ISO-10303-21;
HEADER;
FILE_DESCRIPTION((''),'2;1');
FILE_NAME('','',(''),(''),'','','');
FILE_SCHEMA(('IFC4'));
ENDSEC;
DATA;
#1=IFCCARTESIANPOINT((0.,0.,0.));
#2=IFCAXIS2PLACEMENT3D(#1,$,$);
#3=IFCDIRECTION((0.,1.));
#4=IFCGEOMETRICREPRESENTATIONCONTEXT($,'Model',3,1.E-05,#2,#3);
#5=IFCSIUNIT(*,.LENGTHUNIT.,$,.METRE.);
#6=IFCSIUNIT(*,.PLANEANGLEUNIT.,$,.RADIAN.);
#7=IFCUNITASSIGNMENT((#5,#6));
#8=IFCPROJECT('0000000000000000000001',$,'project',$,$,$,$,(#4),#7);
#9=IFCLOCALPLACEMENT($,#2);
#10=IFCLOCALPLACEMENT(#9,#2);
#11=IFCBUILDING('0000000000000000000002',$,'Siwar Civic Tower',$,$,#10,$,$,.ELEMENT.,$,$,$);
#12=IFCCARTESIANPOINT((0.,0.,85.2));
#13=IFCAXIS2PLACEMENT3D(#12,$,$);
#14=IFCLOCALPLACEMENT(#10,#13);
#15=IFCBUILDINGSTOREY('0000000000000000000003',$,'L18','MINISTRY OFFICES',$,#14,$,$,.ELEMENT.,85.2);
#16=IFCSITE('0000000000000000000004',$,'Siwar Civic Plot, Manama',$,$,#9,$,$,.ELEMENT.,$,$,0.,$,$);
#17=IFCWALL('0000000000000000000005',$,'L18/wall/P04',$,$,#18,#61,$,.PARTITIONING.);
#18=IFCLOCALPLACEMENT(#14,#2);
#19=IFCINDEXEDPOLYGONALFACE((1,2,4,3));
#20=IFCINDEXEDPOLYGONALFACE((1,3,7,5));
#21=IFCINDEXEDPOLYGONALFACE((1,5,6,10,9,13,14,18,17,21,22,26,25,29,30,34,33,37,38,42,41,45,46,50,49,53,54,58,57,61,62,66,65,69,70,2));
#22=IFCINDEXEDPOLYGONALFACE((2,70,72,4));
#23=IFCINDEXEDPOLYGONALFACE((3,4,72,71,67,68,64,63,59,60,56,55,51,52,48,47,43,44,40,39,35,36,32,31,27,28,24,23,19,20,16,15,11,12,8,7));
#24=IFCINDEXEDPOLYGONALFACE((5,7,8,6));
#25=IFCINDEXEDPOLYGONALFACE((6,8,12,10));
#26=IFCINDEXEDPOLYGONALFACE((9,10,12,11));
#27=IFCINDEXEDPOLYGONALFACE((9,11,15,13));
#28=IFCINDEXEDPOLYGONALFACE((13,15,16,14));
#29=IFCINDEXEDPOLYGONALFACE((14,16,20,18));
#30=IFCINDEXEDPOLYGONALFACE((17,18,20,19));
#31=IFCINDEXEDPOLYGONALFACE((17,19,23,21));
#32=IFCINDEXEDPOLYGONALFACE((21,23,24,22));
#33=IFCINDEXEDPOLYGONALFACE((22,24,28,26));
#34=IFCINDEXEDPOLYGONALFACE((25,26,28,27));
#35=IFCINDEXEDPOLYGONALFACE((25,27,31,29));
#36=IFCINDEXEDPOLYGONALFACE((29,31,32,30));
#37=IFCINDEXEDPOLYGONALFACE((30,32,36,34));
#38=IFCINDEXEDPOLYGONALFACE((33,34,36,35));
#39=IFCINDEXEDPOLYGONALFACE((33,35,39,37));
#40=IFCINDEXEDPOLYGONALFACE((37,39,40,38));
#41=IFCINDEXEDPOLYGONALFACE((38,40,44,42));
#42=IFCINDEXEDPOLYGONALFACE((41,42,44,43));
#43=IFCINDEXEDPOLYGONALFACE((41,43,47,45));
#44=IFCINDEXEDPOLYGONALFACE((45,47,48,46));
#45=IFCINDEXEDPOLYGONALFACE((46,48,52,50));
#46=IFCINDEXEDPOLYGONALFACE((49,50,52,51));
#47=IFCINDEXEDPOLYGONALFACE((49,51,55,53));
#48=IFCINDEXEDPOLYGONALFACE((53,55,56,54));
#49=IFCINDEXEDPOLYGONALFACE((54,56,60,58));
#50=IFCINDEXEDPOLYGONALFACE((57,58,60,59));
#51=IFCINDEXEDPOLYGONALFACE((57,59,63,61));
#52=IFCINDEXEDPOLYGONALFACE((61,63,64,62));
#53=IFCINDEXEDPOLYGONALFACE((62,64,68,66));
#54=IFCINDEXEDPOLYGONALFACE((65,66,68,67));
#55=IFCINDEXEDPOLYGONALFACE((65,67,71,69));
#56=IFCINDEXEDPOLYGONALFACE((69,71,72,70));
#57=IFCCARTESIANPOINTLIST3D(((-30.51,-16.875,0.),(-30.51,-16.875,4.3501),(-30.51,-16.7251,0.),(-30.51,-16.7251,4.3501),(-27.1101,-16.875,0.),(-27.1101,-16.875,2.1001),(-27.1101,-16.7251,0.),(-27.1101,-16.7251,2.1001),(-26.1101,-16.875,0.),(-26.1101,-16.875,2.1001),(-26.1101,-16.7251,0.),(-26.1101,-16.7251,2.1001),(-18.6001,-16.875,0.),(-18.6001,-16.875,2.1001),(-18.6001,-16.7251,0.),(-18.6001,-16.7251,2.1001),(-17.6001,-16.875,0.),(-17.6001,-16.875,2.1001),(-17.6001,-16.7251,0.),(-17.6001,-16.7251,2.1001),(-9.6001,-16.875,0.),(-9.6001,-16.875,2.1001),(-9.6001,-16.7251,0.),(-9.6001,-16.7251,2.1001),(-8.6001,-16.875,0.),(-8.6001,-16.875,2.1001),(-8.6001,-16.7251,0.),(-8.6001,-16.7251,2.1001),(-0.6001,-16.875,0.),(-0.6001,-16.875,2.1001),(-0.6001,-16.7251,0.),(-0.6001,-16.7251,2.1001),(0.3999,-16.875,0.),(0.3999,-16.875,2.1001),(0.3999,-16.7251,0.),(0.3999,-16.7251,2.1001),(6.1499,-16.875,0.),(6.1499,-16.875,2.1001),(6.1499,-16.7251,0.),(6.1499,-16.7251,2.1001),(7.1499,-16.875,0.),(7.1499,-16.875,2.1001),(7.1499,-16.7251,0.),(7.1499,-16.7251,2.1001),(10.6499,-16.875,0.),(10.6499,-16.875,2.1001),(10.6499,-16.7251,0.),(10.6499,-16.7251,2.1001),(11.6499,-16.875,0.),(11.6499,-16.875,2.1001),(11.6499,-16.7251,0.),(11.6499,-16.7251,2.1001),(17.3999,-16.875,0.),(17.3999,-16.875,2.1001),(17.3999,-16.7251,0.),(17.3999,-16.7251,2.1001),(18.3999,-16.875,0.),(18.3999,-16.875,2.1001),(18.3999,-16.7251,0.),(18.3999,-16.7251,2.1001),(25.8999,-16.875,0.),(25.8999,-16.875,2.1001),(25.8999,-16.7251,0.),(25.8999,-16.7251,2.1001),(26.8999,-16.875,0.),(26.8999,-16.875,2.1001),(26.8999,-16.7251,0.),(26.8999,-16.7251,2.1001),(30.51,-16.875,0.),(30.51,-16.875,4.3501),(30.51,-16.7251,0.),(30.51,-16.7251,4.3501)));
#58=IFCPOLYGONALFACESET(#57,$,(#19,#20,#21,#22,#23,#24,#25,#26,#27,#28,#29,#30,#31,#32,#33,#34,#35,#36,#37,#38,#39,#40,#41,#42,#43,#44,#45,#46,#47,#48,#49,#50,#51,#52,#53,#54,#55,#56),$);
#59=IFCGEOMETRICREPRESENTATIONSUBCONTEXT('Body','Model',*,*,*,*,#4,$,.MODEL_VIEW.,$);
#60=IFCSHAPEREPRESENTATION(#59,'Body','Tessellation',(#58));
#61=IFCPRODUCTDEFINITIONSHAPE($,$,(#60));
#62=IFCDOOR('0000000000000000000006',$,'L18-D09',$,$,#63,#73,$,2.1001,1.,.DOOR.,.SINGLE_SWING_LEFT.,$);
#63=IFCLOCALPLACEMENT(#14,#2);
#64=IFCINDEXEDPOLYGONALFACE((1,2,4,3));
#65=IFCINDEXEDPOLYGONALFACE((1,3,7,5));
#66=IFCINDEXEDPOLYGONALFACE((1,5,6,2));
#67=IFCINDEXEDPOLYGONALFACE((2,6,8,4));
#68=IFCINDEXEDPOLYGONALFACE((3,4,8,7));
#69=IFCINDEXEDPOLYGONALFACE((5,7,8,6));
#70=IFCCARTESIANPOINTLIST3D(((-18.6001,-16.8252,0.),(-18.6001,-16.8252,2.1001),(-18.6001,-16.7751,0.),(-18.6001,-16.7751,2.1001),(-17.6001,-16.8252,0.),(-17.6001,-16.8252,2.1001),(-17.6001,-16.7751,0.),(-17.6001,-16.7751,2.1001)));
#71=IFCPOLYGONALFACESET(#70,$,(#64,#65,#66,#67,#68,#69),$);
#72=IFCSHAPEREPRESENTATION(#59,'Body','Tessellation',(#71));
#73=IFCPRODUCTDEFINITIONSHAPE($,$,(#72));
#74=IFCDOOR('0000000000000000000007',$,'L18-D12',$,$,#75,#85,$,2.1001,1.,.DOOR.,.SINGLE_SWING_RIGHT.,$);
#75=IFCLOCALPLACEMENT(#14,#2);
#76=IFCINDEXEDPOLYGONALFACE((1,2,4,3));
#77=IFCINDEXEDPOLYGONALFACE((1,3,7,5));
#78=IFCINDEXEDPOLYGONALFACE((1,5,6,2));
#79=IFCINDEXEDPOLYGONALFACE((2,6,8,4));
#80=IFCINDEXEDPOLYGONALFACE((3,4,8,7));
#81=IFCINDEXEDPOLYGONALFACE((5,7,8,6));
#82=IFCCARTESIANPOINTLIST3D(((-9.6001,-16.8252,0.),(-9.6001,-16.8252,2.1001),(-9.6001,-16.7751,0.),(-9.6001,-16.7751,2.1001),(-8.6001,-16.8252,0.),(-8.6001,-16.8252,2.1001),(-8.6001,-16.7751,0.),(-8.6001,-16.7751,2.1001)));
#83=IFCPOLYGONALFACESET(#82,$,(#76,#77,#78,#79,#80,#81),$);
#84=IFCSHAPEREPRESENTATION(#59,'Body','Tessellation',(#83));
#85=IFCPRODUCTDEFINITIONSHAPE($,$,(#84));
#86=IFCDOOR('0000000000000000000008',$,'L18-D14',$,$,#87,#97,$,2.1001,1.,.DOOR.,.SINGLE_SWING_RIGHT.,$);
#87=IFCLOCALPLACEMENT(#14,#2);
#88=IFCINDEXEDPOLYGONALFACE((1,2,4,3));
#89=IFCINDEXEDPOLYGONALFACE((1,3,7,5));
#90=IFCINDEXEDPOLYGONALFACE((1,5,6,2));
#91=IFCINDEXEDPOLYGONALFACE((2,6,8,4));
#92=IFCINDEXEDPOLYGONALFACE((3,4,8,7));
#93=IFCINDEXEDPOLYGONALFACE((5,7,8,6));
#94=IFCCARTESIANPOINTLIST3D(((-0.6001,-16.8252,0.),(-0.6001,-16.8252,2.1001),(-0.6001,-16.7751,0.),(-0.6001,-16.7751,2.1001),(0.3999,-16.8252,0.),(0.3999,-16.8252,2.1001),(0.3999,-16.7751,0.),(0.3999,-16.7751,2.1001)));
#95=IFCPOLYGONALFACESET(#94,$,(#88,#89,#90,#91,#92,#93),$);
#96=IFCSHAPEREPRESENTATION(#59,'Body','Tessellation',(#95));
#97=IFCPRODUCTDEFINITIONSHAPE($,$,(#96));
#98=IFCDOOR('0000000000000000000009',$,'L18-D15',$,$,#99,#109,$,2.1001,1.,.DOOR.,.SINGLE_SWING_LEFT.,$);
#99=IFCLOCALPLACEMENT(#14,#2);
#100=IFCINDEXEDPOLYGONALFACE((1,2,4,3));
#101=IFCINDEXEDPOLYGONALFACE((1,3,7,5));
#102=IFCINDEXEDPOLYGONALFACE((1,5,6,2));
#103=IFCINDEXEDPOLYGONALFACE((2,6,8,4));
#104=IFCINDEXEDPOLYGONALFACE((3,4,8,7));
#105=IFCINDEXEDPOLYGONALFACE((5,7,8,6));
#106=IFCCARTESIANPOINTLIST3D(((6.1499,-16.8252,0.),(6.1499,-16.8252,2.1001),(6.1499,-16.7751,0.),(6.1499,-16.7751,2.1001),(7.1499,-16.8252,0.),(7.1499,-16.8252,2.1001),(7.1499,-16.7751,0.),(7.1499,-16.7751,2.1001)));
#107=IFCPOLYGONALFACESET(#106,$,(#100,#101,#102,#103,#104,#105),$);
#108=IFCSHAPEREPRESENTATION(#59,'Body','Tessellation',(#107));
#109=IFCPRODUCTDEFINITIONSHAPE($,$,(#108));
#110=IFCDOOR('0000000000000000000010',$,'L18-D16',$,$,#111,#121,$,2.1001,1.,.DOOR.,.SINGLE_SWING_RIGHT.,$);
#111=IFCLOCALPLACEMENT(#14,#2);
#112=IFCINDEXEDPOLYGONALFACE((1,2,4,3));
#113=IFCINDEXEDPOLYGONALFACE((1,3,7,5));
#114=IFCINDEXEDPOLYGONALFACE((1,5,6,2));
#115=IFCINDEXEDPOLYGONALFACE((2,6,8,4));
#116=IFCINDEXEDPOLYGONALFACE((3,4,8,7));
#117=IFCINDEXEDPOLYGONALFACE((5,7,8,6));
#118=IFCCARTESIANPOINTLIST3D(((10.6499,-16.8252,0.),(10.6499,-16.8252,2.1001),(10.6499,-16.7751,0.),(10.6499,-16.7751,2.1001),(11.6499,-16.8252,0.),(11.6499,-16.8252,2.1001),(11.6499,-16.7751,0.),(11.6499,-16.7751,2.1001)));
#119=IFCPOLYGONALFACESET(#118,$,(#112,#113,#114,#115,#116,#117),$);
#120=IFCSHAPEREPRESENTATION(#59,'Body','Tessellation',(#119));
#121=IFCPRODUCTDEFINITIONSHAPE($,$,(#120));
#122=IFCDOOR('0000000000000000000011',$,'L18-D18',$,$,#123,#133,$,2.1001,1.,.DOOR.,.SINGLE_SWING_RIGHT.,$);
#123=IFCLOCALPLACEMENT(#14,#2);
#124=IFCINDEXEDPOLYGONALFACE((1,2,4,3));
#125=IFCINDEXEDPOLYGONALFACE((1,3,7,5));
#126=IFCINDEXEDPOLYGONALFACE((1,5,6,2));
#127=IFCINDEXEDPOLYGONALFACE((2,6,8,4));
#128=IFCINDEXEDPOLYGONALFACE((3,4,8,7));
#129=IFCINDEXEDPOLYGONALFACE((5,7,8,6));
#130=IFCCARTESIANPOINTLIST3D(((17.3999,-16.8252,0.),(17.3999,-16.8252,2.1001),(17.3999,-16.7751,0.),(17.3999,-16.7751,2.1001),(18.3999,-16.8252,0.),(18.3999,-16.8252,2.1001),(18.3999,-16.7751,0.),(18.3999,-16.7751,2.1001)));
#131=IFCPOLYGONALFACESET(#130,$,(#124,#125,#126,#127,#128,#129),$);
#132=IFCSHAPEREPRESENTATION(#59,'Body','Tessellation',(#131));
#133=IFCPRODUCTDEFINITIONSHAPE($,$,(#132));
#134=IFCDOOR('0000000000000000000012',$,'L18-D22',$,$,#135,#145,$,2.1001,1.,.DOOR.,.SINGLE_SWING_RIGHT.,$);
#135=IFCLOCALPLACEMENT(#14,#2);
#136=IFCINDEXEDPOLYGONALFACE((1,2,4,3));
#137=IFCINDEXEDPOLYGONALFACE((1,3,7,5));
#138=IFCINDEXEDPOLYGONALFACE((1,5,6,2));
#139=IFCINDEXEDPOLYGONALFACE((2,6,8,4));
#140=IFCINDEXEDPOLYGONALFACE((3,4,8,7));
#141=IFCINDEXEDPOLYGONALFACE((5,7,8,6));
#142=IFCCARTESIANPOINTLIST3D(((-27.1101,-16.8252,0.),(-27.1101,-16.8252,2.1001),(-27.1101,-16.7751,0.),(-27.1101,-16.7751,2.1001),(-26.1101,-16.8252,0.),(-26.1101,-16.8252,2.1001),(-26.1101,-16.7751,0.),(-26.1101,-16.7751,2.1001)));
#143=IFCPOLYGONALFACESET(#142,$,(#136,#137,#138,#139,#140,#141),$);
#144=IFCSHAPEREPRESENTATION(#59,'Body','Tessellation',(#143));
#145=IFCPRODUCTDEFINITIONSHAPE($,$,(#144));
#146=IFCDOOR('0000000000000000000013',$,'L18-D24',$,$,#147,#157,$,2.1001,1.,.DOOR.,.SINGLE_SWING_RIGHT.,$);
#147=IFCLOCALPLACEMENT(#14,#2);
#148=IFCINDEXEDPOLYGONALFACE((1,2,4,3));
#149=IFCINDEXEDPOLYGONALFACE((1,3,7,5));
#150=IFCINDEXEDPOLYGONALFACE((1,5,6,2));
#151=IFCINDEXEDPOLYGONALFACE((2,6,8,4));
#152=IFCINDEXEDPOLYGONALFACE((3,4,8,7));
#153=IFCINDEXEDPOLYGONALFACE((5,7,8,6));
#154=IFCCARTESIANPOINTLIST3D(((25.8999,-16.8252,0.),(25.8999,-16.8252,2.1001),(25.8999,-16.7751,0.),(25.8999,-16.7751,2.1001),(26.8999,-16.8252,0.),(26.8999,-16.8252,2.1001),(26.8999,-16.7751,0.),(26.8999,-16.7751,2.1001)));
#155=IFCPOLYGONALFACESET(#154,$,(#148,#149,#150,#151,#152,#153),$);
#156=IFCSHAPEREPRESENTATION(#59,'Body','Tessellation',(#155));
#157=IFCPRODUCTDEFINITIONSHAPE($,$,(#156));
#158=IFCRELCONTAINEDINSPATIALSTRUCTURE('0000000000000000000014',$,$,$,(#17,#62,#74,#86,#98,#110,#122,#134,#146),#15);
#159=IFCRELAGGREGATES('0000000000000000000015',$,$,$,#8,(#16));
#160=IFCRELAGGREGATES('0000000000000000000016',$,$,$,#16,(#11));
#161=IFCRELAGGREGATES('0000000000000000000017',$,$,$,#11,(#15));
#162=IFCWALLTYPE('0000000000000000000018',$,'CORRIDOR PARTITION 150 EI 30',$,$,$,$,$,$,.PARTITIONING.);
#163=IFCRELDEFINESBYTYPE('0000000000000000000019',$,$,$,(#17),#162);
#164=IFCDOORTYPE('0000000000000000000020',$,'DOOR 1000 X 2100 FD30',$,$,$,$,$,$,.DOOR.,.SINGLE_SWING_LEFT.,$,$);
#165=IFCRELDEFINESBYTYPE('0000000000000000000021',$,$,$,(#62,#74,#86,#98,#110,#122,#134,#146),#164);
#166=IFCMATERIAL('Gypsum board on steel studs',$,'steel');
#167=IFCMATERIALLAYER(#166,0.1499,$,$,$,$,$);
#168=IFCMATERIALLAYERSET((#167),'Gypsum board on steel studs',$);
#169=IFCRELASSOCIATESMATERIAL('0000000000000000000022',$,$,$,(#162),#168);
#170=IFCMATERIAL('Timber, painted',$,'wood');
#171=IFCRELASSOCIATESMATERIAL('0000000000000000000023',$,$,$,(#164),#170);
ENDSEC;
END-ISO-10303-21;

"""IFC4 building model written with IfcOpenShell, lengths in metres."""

from ifc_helpers import new_model, si_unit, direction, frame, frame_2d, origin, place, context, subcontext, project, spatial, rectangle, extrude, material, layer, layer_set, type_object, element, fill, save


model = new_model("IFC4")

# Units and contexts
model_context = context("Model", 3, precision=1e-05, world=origin(), true_north=direction((0.0, 1.0)))
body_context = subcontext(model_context, "Body", "Model", "MODEL_VIEW")
ifc_project = project(units=[si_unit("LENGTHUNIT", "METRE"), si_unit("PLANEANGLEUNIT", "RADIAN")], contexts=[model_context])

# Site, building, storey
site_placement = place(None, origin())
site = spatial("IfcSite", under=ifc_project, at=site_placement, Name="Siwar Civic Plot, Manama", CompositionType="ELEMENT", RefElevation=0.0)
building_placement = place(site_placement, origin())
building = spatial("IfcBuilding", under=site, at=building_placement, Name="Siwar Civic Tower", CompositionType="ELEMENT")
storey_placement = place(building_placement, frame((0.0, 0.0, 85.2)))
storey = spatial("IfcBuildingStorey", under=building, at=storey_placement, Name="L18", Description="MINISTRY OFFICES", CompositionType="ELEMENT", Elevation=85.2)

# Wall, openings, doors
ifc_material_1 = material(Name="Gypsum board on steel studs", Category="steel")
ifc_layer_1 = layer(ifc_material_1, 0.1499)
ifc_layer_set_1 = layer_set([ifc_layer_1], Name="Gypsum board on steel studs")
wall_type = type_object("IfcWallType", Name="CORRIDOR PARTITION 150 EI 30", PredefinedType="PARTITIONING", material=ifc_layer_set_1)
wall_1_placement = place(storey_placement, frame((-30.51, -16.8, 0.0), z_axis=(0.0, 0.0, 1.0), x_axis=(1.0, 0.0, 0.0)))
wall_1 = element("IfcWall", 1, at=wall_1_placement, inside=storey, type_object=wall_type, Name="L18/wall/P04", PredefinedType="PARTITIONING", context=body_context, shape_type="SweptSolid", body=[
    extrude(rectangle(XDim=61.02, YDim=0.1499, at=frame_2d((30.51, 0.0))), origin(), (0.0, 0.0, 1.0), 4.3501),
])
opening_1_placement = place(wall_1_placement, frame((11.9099, 0.0, 0.0)))
opening_1 = element("IfcOpeningElement", 2, at=opening_1_placement, cuts=wall_1, PredefinedType="OPENING", context=body_context, shape_type="SweptSolid", body=[
    extrude(rectangle(XDim=1.0, YDim=2.1001, at=frame_2d((0.5, 1.05))), frame((0.0, 0.085, 0.0), z_axis=(0.0, -1.0, 0.0), x_axis=(1.0, 0.0, 0.0)), (0.0, 0.0, 1.0), 0.1699),
])
opening_2_placement = place(wall_1_placement, frame((20.9099, 0.0, 0.0)))
opening_2 = element("IfcOpeningElement", 3, at=opening_2_placement, cuts=wall_1, PredefinedType="OPENING", context=body_context, shape_type="SweptSolid", body=[
    extrude(rectangle(XDim=1.0, YDim=2.1001, at=frame_2d((0.5, 1.05))), frame((0.0, 0.085, 0.0), z_axis=(0.0, -1.0, 0.0), x_axis=(1.0, 0.0, 0.0)), (0.0, 0.0, 1.0), 0.1699),
])
opening_3_placement = place(wall_1_placement, frame((29.9099, 0.0, 0.0)))
opening_3 = element("IfcOpeningElement", 4, at=opening_3_placement, cuts=wall_1, PredefinedType="OPENING", context=body_context, shape_type="SweptSolid", body=[
    extrude(rectangle(XDim=1.0, YDim=2.1001, at=frame_2d((0.5, 1.05))), frame((0.0, 0.085, 0.0), z_axis=(0.0, -1.0, 0.0), x_axis=(1.0, 0.0, 0.0)), (0.0, 0.0, 1.0), 0.1699),
])
opening_4_placement = place(wall_1_placement, frame((36.6599, 0.0, 0.0)))
opening_4 = element("IfcOpeningElement", 5, at=opening_4_placement, cuts=wall_1, PredefinedType="OPENING", context=body_context, shape_type="SweptSolid", body=[
    extrude(rectangle(XDim=1.0, YDim=2.1001, at=frame_2d((0.5, 1.05))), frame((0.0, 0.085, 0.0), z_axis=(0.0, -1.0, 0.0), x_axis=(1.0, 0.0, 0.0)), (0.0, 0.0, 1.0), 0.1699),
])
opening_5_placement = place(wall_1_placement, frame((41.1599, 0.0, 0.0)))
opening_5 = element("IfcOpeningElement", 6, at=opening_5_placement, cuts=wall_1, PredefinedType="OPENING", context=body_context, shape_type="SweptSolid", body=[
    extrude(rectangle(XDim=1.0, YDim=2.1001, at=frame_2d((0.5, 1.05))), frame((0.0, 0.085, 0.0), z_axis=(0.0, -1.0, 0.0), x_axis=(1.0, 0.0, 0.0)), (0.0, 0.0, 1.0), 0.1699),
])
opening_6_placement = place(wall_1_placement, frame((47.9099, 0.0, 0.0)))
opening_6 = element("IfcOpeningElement", 7, at=opening_6_placement, cuts=wall_1, PredefinedType="OPENING", context=body_context, shape_type="SweptSolid", body=[
    extrude(rectangle(XDim=1.0, YDim=2.1001, at=frame_2d((0.5, 1.05))), frame((0.0, 0.085, 0.0), z_axis=(0.0, -1.0, 0.0), x_axis=(1.0, 0.0, 0.0)), (0.0, 0.0, 1.0), 0.1699),
])
opening_7_placement = place(wall_1_placement, frame((3.3999, 0.0, 0.0)))
opening_7 = element("IfcOpeningElement", 8, at=opening_7_placement, cuts=wall_1, PredefinedType="OPENING", context=body_context, shape_type="SweptSolid", body=[
    extrude(rectangle(XDim=1.0, YDim=2.1001, at=frame_2d((0.5, 1.05))), frame((0.0, 0.085, 0.0), z_axis=(0.0, -1.0, 0.0), x_axis=(1.0, 0.0, 0.0)), (0.0, 0.0, 1.0), 0.1699),
])
opening_8_placement = place(wall_1_placement, frame((56.4099, 0.0, 0.0)))
opening_8 = element("IfcOpeningElement", 9, at=opening_8_placement, cuts=wall_1, PredefinedType="OPENING", context=body_context, shape_type="SweptSolid", body=[
    extrude(rectangle(XDim=1.0, YDim=2.1001, at=frame_2d((0.5, 1.05))), frame((0.0, 0.085, 0.0), z_axis=(0.0, -1.0, 0.0), x_axis=(1.0, 0.0, 0.0)), (0.0, 0.0, 1.0), 0.1699),
])
ifc_material_2 = material(Name="Timber, painted", Category="wood")
door_type = type_object("IfcDoorType", Name="DOOR 1000 X 2100 FD30", OperationType="SINGLE_SWING_LEFT", PredefinedType="DOOR", material=ifc_material_2)
door_1_placement = place(opening_1_placement, origin())
door_1 = element("IfcDoor", 10, at=door_1_placement, inside=storey, type_object=door_type, Name="L18-D09", OperationType="SINGLE_SWING_LEFT", OverallHeight=2.1001, OverallWidth=1.0, PredefinedType="DOOR", context=body_context, shape_type="SweptSolid", body=[
    extrude(rectangle(XDim=1.0, YDim=2.1001, at=frame_2d((0.5, 1.05))), frame((0.0, 0.0249, 0.0), z_axis=(0.0, -1.0, 0.0), x_axis=(1.0, 0.0, 0.0)), (0.0, 0.0, 1.0), 0.05),
])
fill(opening_1, door_1)
door_2_placement = place(opening_2_placement, origin())
door_2 = element("IfcDoor", 11, at=door_2_placement, inside=storey, type_object=door_type, Name="L18-D12", OperationType="SINGLE_SWING_RIGHT", OverallHeight=2.1001, OverallWidth=1.0, PredefinedType="DOOR", context=body_context, shape_type="SweptSolid", body=[
    extrude(rectangle(XDim=1.0, YDim=2.1001, at=frame_2d((0.5, 1.05))), frame((0.0, 0.0249, 0.0), z_axis=(0.0, -1.0, 0.0), x_axis=(1.0, 0.0, 0.0)), (0.0, 0.0, 1.0), 0.05),
])
fill(opening_2, door_2)
door_3_placement = place(opening_3_placement, origin())
door_3 = element("IfcDoor", 12, at=door_3_placement, inside=storey, type_object=door_type, Name="L18-D14", OperationType="SINGLE_SWING_RIGHT", OverallHeight=2.1001, OverallWidth=1.0, PredefinedType="DOOR", context=body_context, shape_type="SweptSolid", body=[
    extrude(rectangle(XDim=1.0, YDim=2.1001, at=frame_2d((0.5, 1.05))), frame((0.0, 0.0249, 0.0), z_axis=(0.0, -1.0, 0.0), x_axis=(1.0, 0.0, 0.0)), (0.0, 0.0, 1.0), 0.05),
])
fill(opening_3, door_3)
door_4_placement = place(opening_4_placement, origin())
door_4 = element("IfcDoor", 13, at=door_4_placement, inside=storey, type_object=door_type, Name="L18-D15", OperationType="SINGLE_SWING_LEFT", OverallHeight=2.1001, OverallWidth=1.0, PredefinedType="DOOR", context=body_context, shape_type="SweptSolid", body=[
    extrude(rectangle(XDim=1.0, YDim=2.1001, at=frame_2d((0.5, 1.05))), frame((0.0, 0.0249, 0.0), z_axis=(0.0, -1.0, 0.0), x_axis=(1.0, 0.0, 0.0)), (0.0, 0.0, 1.0), 0.05),
])
fill(opening_4, door_4)
door_5_placement = place(opening_5_placement, origin())
door_5 = element("IfcDoor", 14, at=door_5_placement, inside=storey, type_object=door_type, Name="L18-D16", OperationType="SINGLE_SWING_RIGHT", OverallHeight=2.1001, OverallWidth=1.0, PredefinedType="DOOR", context=body_context, shape_type="SweptSolid", body=[
    extrude(rectangle(XDim=1.0, YDim=2.1001, at=frame_2d((0.5, 1.05))), frame((0.0, 0.0249, 0.0), z_axis=(0.0, -1.0, 0.0), x_axis=(1.0, 0.0, 0.0)), (0.0, 0.0, 1.0), 0.05),
])
fill(opening_5, door_5)
door_6_placement = place(opening_6_placement, origin())
door_6 = element("IfcDoor", 15, at=door_6_placement, inside=storey, type_object=door_type, Name="L18-D18", OperationType="SINGLE_SWING_RIGHT", OverallHeight=2.1001, OverallWidth=1.0, PredefinedType="DOOR", context=body_context, shape_type="SweptSolid", body=[
    extrude(rectangle(XDim=1.0, YDim=2.1001, at=frame_2d((0.5, 1.05))), frame((0.0, 0.0249, 0.0), z_axis=(0.0, -1.0, 0.0), x_axis=(1.0, 0.0, 0.0)), (0.0, 0.0, 1.0), 0.05),
])
fill(opening_6, door_6)
door_7_placement = place(opening_7_placement, origin())
door_7 = element("IfcDoor", 16, at=door_7_placement, inside=storey, type_object=door_type, Name="L18-D22", OperationType="SINGLE_SWING_RIGHT", OverallHeight=2.1001, OverallWidth=1.0, PredefinedType="DOOR", context=body_context, shape_type="SweptSolid", body=[
    extrude(rectangle(XDim=1.0, YDim=2.1001, at=frame_2d((0.5, 1.05))), frame((0.0, 0.0249, 0.0), z_axis=(0.0, -1.0, 0.0), x_axis=(1.0, 0.0, 0.0)), (0.0, 0.0, 1.0), 0.05),
])
fill(opening_7, door_7)
door_8_placement = place(opening_8_placement, origin())
door_8 = element("IfcDoor", 17, at=door_8_placement, inside=storey, type_object=door_type, Name="L18-D24", OperationType="SINGLE_SWING_RIGHT", OverallHeight=2.1001, OverallWidth=1.0, PredefinedType="DOOR", context=body_context, shape_type="SweptSolid", body=[
    extrude(rectangle(XDim=1.0, YDim=2.1001, at=frame_2d((0.5, 1.05))), frame((0.0, 0.0249, 0.0), z_axis=(0.0, -1.0, 0.0), x_axis=(1.0, 0.0, 0.0)), (0.0, 0.0, 1.0), 0.05),
])
fill(opening_8, door_8)

save(model, "model.ifc")
